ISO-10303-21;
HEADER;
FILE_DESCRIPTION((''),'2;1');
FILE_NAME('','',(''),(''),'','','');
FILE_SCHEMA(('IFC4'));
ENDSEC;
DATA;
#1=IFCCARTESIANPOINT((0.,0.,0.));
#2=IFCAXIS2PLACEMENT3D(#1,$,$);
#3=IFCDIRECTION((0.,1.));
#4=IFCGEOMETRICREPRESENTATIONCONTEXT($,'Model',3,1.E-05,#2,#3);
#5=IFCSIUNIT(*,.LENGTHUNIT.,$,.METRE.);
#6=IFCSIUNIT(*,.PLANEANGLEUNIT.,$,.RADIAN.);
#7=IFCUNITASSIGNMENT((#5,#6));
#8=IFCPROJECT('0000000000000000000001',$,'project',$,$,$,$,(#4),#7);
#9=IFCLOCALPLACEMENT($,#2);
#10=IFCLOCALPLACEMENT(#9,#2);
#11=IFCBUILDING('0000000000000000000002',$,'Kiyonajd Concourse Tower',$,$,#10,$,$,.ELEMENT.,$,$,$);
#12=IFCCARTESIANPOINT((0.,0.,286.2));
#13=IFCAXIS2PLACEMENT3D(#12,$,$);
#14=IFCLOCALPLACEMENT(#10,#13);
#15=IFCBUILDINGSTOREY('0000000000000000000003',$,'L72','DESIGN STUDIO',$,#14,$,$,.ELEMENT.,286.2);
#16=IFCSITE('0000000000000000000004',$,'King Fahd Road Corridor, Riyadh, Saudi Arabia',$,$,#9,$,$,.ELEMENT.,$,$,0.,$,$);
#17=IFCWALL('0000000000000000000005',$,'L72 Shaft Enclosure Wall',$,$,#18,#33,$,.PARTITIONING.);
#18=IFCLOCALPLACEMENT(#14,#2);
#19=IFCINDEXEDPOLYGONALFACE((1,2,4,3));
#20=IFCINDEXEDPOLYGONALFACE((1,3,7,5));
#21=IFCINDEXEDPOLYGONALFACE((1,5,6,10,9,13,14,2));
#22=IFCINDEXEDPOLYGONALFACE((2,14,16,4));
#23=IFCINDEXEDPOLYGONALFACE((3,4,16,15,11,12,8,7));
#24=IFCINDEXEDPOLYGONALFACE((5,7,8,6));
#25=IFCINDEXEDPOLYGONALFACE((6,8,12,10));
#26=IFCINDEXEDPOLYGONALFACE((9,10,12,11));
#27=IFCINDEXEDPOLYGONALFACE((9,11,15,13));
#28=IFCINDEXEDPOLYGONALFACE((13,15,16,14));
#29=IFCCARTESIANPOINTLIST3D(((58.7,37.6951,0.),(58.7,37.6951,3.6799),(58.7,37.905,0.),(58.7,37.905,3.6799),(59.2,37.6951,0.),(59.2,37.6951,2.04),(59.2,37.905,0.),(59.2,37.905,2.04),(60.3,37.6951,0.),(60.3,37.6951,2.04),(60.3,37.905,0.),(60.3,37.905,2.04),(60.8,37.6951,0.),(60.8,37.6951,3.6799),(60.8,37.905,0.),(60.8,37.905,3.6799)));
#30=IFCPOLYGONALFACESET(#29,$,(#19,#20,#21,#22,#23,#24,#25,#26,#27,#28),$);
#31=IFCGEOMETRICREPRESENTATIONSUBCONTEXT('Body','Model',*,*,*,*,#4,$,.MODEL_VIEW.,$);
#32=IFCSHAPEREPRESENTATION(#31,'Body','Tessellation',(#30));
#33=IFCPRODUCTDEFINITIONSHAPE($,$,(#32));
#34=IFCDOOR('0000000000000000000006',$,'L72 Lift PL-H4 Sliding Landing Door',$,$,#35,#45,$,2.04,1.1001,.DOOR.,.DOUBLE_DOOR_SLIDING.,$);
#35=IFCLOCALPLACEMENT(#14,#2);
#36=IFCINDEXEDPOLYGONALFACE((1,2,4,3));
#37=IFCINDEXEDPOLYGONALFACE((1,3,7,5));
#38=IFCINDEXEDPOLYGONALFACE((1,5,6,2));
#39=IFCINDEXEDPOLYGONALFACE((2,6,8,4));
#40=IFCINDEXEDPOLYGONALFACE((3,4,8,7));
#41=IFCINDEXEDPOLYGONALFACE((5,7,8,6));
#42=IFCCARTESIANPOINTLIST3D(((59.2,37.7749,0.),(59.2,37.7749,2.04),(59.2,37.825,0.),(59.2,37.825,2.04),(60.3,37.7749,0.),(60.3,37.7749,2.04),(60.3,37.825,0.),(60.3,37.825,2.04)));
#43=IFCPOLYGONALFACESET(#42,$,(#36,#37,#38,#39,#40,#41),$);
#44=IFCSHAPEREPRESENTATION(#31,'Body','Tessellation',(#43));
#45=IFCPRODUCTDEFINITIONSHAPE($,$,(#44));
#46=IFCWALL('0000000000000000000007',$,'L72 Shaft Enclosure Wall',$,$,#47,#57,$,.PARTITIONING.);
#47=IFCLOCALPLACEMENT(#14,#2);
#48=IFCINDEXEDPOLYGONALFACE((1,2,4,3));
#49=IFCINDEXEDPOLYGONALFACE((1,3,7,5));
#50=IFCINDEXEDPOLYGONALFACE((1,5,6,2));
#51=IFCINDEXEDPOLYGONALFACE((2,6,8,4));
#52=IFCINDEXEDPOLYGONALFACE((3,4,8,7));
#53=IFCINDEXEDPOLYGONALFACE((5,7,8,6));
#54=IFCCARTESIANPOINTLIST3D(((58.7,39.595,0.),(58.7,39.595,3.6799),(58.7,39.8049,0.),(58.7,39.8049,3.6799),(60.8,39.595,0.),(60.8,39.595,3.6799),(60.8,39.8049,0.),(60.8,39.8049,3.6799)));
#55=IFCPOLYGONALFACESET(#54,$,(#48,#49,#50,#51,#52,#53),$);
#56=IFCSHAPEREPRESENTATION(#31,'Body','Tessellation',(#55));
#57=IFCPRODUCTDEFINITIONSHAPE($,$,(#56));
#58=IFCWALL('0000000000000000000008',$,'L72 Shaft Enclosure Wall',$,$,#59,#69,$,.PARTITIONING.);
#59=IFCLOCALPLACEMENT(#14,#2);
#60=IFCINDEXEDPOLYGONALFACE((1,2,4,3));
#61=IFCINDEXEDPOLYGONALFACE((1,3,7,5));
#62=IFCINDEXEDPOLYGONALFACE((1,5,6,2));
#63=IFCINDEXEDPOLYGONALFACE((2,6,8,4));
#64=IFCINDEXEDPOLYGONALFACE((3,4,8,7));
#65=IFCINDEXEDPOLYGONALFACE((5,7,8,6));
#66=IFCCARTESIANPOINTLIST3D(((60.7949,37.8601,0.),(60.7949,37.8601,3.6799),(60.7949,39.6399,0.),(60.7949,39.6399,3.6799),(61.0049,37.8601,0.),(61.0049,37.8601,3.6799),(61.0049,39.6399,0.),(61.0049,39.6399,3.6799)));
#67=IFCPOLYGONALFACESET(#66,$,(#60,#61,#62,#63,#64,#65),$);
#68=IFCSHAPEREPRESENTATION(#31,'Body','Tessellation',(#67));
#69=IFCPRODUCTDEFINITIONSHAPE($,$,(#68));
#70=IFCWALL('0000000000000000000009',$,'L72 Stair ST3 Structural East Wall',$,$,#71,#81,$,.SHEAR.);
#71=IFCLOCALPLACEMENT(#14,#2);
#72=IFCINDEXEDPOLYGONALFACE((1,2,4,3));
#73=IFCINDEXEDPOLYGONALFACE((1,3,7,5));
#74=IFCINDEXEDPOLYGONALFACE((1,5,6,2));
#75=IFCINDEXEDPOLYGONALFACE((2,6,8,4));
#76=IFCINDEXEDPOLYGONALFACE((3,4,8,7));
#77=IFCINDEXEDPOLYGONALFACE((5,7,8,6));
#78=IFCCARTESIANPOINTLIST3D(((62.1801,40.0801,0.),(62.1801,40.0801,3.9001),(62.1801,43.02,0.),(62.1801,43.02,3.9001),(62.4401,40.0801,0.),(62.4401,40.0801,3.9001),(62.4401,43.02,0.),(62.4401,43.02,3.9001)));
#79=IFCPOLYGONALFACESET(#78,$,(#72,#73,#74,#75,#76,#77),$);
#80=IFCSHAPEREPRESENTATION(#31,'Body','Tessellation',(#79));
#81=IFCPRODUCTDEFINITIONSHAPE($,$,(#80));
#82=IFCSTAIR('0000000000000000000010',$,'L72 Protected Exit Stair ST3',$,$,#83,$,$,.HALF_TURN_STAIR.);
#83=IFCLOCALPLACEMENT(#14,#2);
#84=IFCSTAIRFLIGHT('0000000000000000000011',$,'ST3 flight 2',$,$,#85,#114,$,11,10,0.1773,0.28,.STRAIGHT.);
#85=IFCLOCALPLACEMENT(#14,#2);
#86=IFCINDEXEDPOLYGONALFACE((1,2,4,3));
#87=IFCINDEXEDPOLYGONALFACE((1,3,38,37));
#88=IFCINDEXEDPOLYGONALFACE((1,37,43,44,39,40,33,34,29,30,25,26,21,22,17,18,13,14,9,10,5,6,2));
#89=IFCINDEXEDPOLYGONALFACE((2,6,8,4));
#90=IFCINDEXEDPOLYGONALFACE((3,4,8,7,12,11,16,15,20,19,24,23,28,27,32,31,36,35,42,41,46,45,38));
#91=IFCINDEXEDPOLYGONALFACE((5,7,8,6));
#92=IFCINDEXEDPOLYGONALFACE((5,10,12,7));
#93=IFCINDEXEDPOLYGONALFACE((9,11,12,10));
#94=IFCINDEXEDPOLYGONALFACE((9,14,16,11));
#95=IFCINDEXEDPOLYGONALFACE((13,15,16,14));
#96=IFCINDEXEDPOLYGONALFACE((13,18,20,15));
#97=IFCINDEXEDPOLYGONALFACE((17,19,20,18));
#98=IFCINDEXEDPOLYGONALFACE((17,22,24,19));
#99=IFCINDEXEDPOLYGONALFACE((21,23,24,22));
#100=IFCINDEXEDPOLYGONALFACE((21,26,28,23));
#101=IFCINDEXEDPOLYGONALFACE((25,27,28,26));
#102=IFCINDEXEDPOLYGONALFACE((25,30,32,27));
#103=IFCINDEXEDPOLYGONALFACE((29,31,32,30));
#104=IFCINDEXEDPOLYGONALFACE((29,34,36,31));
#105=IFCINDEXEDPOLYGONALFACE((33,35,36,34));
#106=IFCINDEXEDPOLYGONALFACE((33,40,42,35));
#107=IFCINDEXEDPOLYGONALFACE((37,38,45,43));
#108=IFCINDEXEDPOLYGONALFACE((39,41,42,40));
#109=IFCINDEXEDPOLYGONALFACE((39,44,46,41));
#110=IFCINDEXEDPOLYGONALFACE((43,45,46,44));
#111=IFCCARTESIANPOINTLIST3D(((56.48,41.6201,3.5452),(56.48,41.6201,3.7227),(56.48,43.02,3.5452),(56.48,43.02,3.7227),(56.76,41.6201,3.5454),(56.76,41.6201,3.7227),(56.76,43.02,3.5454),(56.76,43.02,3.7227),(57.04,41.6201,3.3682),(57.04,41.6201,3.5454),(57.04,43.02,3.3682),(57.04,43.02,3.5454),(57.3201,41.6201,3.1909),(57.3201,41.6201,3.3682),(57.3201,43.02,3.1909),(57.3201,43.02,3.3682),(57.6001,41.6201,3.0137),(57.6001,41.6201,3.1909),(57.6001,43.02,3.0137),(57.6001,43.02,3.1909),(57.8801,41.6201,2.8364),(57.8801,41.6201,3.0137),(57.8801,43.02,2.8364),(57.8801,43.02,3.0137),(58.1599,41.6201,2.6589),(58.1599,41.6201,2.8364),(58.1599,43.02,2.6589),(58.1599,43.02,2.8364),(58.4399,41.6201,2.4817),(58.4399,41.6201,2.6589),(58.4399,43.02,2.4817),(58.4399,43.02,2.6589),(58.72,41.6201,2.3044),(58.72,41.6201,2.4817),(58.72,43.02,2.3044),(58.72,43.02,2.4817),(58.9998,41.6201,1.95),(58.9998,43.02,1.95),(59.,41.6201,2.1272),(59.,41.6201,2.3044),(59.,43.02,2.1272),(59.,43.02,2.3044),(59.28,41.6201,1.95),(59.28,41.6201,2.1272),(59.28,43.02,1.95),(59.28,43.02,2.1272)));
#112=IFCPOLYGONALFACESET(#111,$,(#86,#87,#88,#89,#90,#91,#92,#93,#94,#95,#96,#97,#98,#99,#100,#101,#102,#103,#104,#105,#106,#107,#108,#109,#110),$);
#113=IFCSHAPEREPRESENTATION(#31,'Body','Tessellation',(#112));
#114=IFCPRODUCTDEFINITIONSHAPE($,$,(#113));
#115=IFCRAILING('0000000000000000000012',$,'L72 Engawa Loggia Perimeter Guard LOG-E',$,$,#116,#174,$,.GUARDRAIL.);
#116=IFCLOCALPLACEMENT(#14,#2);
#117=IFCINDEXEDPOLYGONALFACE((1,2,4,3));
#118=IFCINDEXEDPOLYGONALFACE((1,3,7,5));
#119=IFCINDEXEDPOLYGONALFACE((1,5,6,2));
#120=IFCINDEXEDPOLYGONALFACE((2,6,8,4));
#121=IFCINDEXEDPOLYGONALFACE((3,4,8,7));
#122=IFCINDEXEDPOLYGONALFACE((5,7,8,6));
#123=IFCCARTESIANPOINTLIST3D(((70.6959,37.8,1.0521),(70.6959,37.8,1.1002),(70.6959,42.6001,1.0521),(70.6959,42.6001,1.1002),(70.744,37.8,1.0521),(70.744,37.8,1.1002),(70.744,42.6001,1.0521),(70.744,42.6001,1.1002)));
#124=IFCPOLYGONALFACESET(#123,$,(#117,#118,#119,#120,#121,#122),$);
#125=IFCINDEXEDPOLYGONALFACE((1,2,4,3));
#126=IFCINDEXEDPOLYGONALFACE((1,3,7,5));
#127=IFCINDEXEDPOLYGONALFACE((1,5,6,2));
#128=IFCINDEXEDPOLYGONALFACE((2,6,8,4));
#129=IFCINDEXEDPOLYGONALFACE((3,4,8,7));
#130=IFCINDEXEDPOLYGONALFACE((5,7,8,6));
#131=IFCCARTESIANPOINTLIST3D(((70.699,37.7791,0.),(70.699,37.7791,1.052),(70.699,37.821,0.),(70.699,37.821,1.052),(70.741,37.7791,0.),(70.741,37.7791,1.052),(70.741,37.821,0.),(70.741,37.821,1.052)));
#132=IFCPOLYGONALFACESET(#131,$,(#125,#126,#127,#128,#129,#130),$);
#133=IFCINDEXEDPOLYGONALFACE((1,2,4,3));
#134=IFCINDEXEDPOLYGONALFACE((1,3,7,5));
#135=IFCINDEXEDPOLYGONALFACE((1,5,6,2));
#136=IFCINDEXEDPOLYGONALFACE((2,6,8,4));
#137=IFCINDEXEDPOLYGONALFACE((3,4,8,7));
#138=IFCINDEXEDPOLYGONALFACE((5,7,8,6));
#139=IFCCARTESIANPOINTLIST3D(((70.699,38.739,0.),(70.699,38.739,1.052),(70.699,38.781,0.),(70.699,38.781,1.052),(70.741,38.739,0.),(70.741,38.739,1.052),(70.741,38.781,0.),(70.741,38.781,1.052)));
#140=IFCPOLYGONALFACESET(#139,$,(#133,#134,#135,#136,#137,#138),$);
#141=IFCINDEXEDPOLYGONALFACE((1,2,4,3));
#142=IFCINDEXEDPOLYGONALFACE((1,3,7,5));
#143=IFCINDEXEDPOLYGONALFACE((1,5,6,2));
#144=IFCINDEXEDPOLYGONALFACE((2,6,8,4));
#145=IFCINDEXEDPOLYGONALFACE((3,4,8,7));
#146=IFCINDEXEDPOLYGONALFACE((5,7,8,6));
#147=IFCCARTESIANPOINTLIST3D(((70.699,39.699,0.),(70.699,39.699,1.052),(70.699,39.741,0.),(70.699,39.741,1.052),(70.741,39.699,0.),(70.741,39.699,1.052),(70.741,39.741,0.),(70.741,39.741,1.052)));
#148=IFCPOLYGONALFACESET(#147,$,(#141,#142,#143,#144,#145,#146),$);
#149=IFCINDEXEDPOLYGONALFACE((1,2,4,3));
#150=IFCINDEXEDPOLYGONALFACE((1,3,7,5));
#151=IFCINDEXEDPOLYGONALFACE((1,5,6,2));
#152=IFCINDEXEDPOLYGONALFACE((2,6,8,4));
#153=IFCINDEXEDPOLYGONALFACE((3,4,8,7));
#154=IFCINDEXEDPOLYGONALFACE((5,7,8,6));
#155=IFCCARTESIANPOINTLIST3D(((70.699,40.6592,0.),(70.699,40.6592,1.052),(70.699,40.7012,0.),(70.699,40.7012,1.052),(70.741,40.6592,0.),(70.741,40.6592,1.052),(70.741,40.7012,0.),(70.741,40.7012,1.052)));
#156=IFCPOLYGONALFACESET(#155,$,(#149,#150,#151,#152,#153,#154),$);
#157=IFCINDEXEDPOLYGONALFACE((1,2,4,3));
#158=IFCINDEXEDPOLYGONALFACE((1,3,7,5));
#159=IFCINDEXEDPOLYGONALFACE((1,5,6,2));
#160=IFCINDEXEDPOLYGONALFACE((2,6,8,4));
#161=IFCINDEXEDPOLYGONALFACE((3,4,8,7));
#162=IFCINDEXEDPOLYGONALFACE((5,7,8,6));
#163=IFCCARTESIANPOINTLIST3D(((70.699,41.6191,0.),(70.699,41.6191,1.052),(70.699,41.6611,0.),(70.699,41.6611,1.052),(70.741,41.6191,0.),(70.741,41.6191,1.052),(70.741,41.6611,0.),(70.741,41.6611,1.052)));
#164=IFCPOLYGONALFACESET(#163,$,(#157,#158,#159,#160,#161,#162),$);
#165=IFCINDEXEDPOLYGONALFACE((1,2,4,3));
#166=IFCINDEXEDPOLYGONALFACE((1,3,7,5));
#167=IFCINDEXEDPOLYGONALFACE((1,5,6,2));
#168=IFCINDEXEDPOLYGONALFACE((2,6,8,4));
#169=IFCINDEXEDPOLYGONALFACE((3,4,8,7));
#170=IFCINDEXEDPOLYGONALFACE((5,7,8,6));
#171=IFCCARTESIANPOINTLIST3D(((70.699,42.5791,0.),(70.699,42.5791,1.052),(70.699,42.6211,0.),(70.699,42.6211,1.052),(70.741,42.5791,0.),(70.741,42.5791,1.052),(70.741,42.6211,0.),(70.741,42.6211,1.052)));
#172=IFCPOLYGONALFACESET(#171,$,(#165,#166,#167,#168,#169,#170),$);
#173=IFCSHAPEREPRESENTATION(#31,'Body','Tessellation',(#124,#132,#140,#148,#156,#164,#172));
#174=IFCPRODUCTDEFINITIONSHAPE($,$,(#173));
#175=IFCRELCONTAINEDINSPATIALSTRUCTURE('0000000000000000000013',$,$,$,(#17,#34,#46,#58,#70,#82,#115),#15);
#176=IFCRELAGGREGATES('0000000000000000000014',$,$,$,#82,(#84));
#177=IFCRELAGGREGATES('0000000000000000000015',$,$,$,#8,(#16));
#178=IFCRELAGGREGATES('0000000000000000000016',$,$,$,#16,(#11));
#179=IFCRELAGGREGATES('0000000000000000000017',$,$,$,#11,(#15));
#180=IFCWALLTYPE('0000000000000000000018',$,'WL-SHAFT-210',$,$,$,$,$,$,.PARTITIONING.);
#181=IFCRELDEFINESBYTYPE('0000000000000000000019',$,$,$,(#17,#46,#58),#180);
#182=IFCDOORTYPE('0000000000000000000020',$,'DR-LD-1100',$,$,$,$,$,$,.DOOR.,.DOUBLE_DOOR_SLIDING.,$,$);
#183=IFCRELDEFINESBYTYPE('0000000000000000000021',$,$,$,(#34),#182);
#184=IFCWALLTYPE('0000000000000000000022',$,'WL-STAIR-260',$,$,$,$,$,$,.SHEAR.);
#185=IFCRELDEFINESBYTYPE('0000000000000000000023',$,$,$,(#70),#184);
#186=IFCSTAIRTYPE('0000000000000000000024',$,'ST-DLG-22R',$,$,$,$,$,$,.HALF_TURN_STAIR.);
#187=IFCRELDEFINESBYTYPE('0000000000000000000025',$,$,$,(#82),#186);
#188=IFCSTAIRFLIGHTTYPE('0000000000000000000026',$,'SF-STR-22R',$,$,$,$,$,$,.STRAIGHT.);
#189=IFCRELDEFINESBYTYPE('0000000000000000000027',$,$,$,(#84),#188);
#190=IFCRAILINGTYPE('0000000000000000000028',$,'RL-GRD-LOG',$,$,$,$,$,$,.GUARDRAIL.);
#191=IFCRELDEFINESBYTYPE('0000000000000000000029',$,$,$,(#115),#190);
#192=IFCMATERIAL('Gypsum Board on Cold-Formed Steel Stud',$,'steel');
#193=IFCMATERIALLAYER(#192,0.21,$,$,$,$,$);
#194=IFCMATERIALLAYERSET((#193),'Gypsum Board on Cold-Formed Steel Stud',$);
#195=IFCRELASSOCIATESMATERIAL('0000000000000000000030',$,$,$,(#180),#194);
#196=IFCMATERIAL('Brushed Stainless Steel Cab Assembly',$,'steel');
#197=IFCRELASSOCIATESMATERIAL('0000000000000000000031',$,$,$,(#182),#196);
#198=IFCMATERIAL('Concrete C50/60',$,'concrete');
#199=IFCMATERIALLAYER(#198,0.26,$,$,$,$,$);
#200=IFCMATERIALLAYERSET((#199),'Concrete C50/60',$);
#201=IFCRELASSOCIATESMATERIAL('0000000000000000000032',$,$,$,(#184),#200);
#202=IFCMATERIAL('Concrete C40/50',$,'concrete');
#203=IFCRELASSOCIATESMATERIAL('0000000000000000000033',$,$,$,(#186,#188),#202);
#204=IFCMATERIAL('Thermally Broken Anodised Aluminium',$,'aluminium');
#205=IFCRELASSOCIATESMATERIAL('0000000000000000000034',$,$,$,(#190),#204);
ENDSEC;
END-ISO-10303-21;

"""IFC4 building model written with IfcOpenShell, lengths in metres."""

from ifc_helpers import new_model, si_unit, direction, frame, frame_2d, origin, origin_2d, place, context, subcontext, project, spatial, polyline, rectangle, outline, extrude, material, layer, layer_set, type_object, element, fill, aggregate, save


model = new_model("IFC4")

# Units and contexts
model_context = context("Model", 3, precision=1e-05, world=origin(), true_north=direction((0.0, 1.0)))
body_context = subcontext(model_context, "Body", "Model", "MODEL_VIEW")
ifc_project = project(units=[si_unit("LENGTHUNIT", "METRE"), si_unit("PLANEANGLEUNIT", "RADIAN")], contexts=[model_context])

# Site, building, storey
site_placement = place(None, origin())
site = spatial("IfcSite", under=ifc_project, at=site_placement, Name="King Fahd Road Corridor, Riyadh, Saudi Arabia", CompositionType="ELEMENT", RefElevation=0.0)
building_placement = place(site_placement, origin())
building = spatial("IfcBuilding", under=site, at=building_placement, Name="Kiyonajd Concourse Tower", CompositionType="ELEMENT")
storey_placement = place(building_placement, frame((0.0, 0.0, 286.2)))
storey = spatial("IfcBuildingStorey", under=building, at=storey_placement, Name="L72", Description="DESIGN STUDIO", CompositionType="ELEMENT", Elevation=286.2)

# Shared definitions
ifc_material_1 = material(Name="Thermally Broken Anodised Aluminium", Category="aluminium")

# Shared definitions
ifc_material_2 = material(Name="Gypsum Board on Cold-Formed Steel Stud", Category="steel")
ifc_layer_1 = layer(ifc_material_2, 0.21)
ifc_layer_set_1 = layer_set([ifc_layer_1], Name="Gypsum Board on Cold-Formed Steel Stud")
wall_type_1 = type_object("IfcWallType", Name="WL-SHAFT-210", PredefinedType="PARTITIONING", material=ifc_layer_set_1)

# Wall, opening, door
wall_1_placement = place(storey_placement, frame((58.7, 37.8, 0.0), z_axis=(0.0, 0.0, 1.0), x_axis=(1.0, 0.0, 0.0)))
wall_1 = element("IfcWall", 1, at=wall_1_placement, inside=storey, type_object=wall_type_1, Name="L72 Shaft Enclosure Wall", PredefinedType="PARTITIONING", context=body_context, shape_type="SweptSolid", body=[
    extrude(rectangle(XDim=2.1001, YDim=0.21, at=frame_2d((1.05, 0.0))), origin(), (0.0, 0.0, 1.0), 3.6799),
])
opening_1_placement = place(wall_1_placement, frame((0.5, 0.0, 0.0)))
opening_1 = element("IfcOpeningElement", 2, at=opening_1_placement, cuts=wall_1, PredefinedType="OPENING", context=body_context, shape_type="SweptSolid", body=[
    extrude(rectangle(XDim=1.1001, YDim=2.04, at=frame_2d((0.55, 1.02))), frame((0.0, 0.115, 0.0), z_axis=(0.0, -1.0, 0.0), x_axis=(1.0, 0.0, 0.0)), (0.0, 0.0, 1.0), 0.23),
])
ifc_material_3 = material(Name="Brushed Stainless Steel Cab Assembly", Category="steel")
door_type_1 = type_object("IfcDoorType", Name="DR-LD-1100", OperationType="DOUBLE_DOOR_SLIDING", PredefinedType="DOOR", material=ifc_material_3)
door_1_placement = place(opening_1_placement, origin())
door_1 = element("IfcDoor", 3, at=door_1_placement, inside=storey, type_object=door_type_1, Name="L72 Lift PL-H4 Sliding Landing Door", OperationType="DOUBLE_DOOR_SLIDING", OverallHeight=2.04, OverallWidth=1.1001, PredefinedType="DOOR", context=body_context, shape_type="SweptSolid", body=[
    extrude(rectangle(XDim=1.1001, YDim=2.04, at=frame_2d((0.55, 1.02))), frame((0.0, 0.0249, 0.0), z_axis=(0.0, -1.0, 0.0), x_axis=(1.0, 0.0, 0.0)), (0.0, 0.0, 1.0), 0.05),
])
fill(opening_1, door_1)

# Walls
wall_2_placement = place(storey_placement, frame((58.7, 39.7, 0.0), z_axis=(0.0, 0.0, 1.0), x_axis=(1.0, 0.0, 0.0)))
element("IfcWall", 4, at=wall_2_placement, inside=storey, type_object=wall_type_1, Name="L72 Shaft Enclosure Wall", PredefinedType="PARTITIONING", context=body_context, shape_type="SweptSolid", body=[
    extrude(rectangle(XDim=2.1001, YDim=0.21, at=frame_2d((1.05, 0.0))), origin(), (0.0, 0.0, 1.0), 3.6799),
])
wall_3_placement = place(storey_placement, frame((60.8999, 37.8601, 0.0), z_axis=(0.0, 0.0, 1.0), x_axis=(0.0, 1.0, 0.0)))
element("IfcWall", 5, at=wall_3_placement, inside=storey, type_object=wall_type_1, Name="L72 Shaft Enclosure Wall", PredefinedType="PARTITIONING", context=body_context, shape_type="SweptSolid", body=[
    extrude(rectangle(XDim=1.7798, YDim=0.21, at=frame_2d((0.8899, 0.0))), origin(), (0.0, 0.0, 1.0), 3.6799),
])
ifc_material_4 = material(Name="Concrete C50/60", Category="concrete")
ifc_layer_2 = layer(ifc_material_4, 0.26)
ifc_layer_set_2 = layer_set([ifc_layer_2], Name="Concrete C50/60")
wall_type_2 = type_object("IfcWallType", Name="WL-STAIR-260", PredefinedType="SHEAR", material=ifc_layer_set_2)
wall_4_placement = place(storey_placement, frame((62.3101, 40.0801, 0.0), z_axis=(0.0, 0.0, 1.0), x_axis=(0.0, 1.0, 0.0)))
element("IfcWall", 6, at=wall_4_placement, inside=storey, type_object=wall_type_2, Name="L72 Stair ST3 Structural East Wall", PredefinedType="SHEAR", context=body_context, shape_type="SweptSolid", body=[
    extrude(rectangle(XDim=2.9399, YDim=0.26, at=frame_2d((1.47, 0.0))), origin(), (0.0, 0.0, 1.0), 3.9001),
])

# Stair, stair flight
ifc_material_5 = material(Name="Concrete C40/50", Category="concrete")
stair_type = type_object("IfcStairType", Name="ST-DLG-22R", PredefinedType="HALF_TURN_STAIR", material=ifc_material_5)
stair_placement = place(storey_placement, origin())
stair = element("IfcStair", 7, at=stair_placement, inside=storey, type_object=stair_type, Name="L72 Protected Exit Stair ST3", PredefinedType="HALF_TURN_STAIR")
stair_flight_type = type_object("IfcStairFlightType", Name="SF-STR-22R", PredefinedType="STRAIGHT", material=ifc_material_5)
stair_flight_placement = place(storey_placement, frame((59.28, 42.3201, 1.95), z_axis=(0.0, 0.0, 1.0), x_axis=(-1.0, 0.0, 0.0)))
stair_flight = element("IfcStairFlight", 8, at=stair_flight_placement, type_object=stair_flight_type, Name="ST3 flight 2", NumberOfRisers=11, NumberOfTreads=10, PredefinedType="STRAIGHT", RiserHeight=0.1773, TreadLength=0.28, context=body_context, shape_type="SweptSolid", body=[
    extrude(outline(polyline([(0.0, 0.0), (0.0, 0.1772), (0.28, 0.1772), (0.28, 0.3545), (0.5601, 0.3545), (0.5601, 0.5317), (0.8401, 0.5317), (0.8401, 0.709), (1.1201, 0.709), (1.1201, 0.8865), (1.3999, 0.8865), (1.3999, 1.0637), (1.6799, 1.0637), (1.6799, 1.241), (1.96, 1.241), (1.96, 1.4182), (2.24, 1.4182), (2.24, 1.5955), (2.52, 1.5955), (2.52, 1.7727), (2.8, 1.7727), (2.8, 1.95), (2.8, 1.5952), (0.2803, 0.0), (0.0, 0.0)])), frame((0.0, 0.7, 0.0), z_axis=(0.0, -1.0, 0.0), x_axis=(1.0, 0.0, 0.0)), (0.0, 0.0, 1.0), 1.3999),
])
aggregate(stair, [stair_flight])

# Railing
railing_type_1 = type_object("IfcRailingType", Name="RL-GRD-LOG", PredefinedType="GUARDRAIL", material=ifc_material_1)
railing_1_placement = place(storey_placement, frame((70.72, 37.8, 0.0)))
element("IfcRailing", 9, at=railing_1_placement, inside=storey, type_object=railing_type_1, Name="L72 Engawa Loggia Perimeter Guard LOG-E", PredefinedType="GUARDRAIL", context=body_context, shape_type="SweptSolid", body=[
    extrude(rectangle(XDim=0.0481, YDim=0.0481, at=origin_2d()), frame((0.0, 0.0, 1.0762), z_axis=(0.0, 1.0, 0.0), x_axis=(-1.0, 0.0, 0.0)), (0.0, 0.0, 1.0), 4.8),
    extrude(rectangle(XDim=0.042, YDim=0.042, at=origin_2d()), origin(), (0.0, 0.0, 1.0), 1.052),
    extrude(rectangle(XDim=0.042, YDim=0.042, at=origin_2d()), frame((0.0, 0.96, 0.0)), (0.0, 0.0, 1.0), 1.052),
    extrude(rectangle(XDim=0.042, YDim=0.042, at=origin_2d()), frame((0.0, 1.9199, 0.0)), (0.0, 0.0, 1.0), 1.052),
    extrude(rectangle(XDim=0.042, YDim=0.042, at=origin_2d()), frame((0.0, 2.8801, 0.0)), (0.0, 0.0, 1.0), 1.052),
    extrude(rectangle(XDim=0.042, YDim=0.042, at=origin_2d()), frame((0.0, 3.8401, 0.0)), (0.0, 0.0, 1.0), 1.052),
    extrude(rectangle(XDim=0.042, YDim=0.042, at=origin_2d()), frame((0.0, 4.8, 0.0)), (0.0, 0.0, 1.0), 1.052),
])

save(model, "model.ifc")
